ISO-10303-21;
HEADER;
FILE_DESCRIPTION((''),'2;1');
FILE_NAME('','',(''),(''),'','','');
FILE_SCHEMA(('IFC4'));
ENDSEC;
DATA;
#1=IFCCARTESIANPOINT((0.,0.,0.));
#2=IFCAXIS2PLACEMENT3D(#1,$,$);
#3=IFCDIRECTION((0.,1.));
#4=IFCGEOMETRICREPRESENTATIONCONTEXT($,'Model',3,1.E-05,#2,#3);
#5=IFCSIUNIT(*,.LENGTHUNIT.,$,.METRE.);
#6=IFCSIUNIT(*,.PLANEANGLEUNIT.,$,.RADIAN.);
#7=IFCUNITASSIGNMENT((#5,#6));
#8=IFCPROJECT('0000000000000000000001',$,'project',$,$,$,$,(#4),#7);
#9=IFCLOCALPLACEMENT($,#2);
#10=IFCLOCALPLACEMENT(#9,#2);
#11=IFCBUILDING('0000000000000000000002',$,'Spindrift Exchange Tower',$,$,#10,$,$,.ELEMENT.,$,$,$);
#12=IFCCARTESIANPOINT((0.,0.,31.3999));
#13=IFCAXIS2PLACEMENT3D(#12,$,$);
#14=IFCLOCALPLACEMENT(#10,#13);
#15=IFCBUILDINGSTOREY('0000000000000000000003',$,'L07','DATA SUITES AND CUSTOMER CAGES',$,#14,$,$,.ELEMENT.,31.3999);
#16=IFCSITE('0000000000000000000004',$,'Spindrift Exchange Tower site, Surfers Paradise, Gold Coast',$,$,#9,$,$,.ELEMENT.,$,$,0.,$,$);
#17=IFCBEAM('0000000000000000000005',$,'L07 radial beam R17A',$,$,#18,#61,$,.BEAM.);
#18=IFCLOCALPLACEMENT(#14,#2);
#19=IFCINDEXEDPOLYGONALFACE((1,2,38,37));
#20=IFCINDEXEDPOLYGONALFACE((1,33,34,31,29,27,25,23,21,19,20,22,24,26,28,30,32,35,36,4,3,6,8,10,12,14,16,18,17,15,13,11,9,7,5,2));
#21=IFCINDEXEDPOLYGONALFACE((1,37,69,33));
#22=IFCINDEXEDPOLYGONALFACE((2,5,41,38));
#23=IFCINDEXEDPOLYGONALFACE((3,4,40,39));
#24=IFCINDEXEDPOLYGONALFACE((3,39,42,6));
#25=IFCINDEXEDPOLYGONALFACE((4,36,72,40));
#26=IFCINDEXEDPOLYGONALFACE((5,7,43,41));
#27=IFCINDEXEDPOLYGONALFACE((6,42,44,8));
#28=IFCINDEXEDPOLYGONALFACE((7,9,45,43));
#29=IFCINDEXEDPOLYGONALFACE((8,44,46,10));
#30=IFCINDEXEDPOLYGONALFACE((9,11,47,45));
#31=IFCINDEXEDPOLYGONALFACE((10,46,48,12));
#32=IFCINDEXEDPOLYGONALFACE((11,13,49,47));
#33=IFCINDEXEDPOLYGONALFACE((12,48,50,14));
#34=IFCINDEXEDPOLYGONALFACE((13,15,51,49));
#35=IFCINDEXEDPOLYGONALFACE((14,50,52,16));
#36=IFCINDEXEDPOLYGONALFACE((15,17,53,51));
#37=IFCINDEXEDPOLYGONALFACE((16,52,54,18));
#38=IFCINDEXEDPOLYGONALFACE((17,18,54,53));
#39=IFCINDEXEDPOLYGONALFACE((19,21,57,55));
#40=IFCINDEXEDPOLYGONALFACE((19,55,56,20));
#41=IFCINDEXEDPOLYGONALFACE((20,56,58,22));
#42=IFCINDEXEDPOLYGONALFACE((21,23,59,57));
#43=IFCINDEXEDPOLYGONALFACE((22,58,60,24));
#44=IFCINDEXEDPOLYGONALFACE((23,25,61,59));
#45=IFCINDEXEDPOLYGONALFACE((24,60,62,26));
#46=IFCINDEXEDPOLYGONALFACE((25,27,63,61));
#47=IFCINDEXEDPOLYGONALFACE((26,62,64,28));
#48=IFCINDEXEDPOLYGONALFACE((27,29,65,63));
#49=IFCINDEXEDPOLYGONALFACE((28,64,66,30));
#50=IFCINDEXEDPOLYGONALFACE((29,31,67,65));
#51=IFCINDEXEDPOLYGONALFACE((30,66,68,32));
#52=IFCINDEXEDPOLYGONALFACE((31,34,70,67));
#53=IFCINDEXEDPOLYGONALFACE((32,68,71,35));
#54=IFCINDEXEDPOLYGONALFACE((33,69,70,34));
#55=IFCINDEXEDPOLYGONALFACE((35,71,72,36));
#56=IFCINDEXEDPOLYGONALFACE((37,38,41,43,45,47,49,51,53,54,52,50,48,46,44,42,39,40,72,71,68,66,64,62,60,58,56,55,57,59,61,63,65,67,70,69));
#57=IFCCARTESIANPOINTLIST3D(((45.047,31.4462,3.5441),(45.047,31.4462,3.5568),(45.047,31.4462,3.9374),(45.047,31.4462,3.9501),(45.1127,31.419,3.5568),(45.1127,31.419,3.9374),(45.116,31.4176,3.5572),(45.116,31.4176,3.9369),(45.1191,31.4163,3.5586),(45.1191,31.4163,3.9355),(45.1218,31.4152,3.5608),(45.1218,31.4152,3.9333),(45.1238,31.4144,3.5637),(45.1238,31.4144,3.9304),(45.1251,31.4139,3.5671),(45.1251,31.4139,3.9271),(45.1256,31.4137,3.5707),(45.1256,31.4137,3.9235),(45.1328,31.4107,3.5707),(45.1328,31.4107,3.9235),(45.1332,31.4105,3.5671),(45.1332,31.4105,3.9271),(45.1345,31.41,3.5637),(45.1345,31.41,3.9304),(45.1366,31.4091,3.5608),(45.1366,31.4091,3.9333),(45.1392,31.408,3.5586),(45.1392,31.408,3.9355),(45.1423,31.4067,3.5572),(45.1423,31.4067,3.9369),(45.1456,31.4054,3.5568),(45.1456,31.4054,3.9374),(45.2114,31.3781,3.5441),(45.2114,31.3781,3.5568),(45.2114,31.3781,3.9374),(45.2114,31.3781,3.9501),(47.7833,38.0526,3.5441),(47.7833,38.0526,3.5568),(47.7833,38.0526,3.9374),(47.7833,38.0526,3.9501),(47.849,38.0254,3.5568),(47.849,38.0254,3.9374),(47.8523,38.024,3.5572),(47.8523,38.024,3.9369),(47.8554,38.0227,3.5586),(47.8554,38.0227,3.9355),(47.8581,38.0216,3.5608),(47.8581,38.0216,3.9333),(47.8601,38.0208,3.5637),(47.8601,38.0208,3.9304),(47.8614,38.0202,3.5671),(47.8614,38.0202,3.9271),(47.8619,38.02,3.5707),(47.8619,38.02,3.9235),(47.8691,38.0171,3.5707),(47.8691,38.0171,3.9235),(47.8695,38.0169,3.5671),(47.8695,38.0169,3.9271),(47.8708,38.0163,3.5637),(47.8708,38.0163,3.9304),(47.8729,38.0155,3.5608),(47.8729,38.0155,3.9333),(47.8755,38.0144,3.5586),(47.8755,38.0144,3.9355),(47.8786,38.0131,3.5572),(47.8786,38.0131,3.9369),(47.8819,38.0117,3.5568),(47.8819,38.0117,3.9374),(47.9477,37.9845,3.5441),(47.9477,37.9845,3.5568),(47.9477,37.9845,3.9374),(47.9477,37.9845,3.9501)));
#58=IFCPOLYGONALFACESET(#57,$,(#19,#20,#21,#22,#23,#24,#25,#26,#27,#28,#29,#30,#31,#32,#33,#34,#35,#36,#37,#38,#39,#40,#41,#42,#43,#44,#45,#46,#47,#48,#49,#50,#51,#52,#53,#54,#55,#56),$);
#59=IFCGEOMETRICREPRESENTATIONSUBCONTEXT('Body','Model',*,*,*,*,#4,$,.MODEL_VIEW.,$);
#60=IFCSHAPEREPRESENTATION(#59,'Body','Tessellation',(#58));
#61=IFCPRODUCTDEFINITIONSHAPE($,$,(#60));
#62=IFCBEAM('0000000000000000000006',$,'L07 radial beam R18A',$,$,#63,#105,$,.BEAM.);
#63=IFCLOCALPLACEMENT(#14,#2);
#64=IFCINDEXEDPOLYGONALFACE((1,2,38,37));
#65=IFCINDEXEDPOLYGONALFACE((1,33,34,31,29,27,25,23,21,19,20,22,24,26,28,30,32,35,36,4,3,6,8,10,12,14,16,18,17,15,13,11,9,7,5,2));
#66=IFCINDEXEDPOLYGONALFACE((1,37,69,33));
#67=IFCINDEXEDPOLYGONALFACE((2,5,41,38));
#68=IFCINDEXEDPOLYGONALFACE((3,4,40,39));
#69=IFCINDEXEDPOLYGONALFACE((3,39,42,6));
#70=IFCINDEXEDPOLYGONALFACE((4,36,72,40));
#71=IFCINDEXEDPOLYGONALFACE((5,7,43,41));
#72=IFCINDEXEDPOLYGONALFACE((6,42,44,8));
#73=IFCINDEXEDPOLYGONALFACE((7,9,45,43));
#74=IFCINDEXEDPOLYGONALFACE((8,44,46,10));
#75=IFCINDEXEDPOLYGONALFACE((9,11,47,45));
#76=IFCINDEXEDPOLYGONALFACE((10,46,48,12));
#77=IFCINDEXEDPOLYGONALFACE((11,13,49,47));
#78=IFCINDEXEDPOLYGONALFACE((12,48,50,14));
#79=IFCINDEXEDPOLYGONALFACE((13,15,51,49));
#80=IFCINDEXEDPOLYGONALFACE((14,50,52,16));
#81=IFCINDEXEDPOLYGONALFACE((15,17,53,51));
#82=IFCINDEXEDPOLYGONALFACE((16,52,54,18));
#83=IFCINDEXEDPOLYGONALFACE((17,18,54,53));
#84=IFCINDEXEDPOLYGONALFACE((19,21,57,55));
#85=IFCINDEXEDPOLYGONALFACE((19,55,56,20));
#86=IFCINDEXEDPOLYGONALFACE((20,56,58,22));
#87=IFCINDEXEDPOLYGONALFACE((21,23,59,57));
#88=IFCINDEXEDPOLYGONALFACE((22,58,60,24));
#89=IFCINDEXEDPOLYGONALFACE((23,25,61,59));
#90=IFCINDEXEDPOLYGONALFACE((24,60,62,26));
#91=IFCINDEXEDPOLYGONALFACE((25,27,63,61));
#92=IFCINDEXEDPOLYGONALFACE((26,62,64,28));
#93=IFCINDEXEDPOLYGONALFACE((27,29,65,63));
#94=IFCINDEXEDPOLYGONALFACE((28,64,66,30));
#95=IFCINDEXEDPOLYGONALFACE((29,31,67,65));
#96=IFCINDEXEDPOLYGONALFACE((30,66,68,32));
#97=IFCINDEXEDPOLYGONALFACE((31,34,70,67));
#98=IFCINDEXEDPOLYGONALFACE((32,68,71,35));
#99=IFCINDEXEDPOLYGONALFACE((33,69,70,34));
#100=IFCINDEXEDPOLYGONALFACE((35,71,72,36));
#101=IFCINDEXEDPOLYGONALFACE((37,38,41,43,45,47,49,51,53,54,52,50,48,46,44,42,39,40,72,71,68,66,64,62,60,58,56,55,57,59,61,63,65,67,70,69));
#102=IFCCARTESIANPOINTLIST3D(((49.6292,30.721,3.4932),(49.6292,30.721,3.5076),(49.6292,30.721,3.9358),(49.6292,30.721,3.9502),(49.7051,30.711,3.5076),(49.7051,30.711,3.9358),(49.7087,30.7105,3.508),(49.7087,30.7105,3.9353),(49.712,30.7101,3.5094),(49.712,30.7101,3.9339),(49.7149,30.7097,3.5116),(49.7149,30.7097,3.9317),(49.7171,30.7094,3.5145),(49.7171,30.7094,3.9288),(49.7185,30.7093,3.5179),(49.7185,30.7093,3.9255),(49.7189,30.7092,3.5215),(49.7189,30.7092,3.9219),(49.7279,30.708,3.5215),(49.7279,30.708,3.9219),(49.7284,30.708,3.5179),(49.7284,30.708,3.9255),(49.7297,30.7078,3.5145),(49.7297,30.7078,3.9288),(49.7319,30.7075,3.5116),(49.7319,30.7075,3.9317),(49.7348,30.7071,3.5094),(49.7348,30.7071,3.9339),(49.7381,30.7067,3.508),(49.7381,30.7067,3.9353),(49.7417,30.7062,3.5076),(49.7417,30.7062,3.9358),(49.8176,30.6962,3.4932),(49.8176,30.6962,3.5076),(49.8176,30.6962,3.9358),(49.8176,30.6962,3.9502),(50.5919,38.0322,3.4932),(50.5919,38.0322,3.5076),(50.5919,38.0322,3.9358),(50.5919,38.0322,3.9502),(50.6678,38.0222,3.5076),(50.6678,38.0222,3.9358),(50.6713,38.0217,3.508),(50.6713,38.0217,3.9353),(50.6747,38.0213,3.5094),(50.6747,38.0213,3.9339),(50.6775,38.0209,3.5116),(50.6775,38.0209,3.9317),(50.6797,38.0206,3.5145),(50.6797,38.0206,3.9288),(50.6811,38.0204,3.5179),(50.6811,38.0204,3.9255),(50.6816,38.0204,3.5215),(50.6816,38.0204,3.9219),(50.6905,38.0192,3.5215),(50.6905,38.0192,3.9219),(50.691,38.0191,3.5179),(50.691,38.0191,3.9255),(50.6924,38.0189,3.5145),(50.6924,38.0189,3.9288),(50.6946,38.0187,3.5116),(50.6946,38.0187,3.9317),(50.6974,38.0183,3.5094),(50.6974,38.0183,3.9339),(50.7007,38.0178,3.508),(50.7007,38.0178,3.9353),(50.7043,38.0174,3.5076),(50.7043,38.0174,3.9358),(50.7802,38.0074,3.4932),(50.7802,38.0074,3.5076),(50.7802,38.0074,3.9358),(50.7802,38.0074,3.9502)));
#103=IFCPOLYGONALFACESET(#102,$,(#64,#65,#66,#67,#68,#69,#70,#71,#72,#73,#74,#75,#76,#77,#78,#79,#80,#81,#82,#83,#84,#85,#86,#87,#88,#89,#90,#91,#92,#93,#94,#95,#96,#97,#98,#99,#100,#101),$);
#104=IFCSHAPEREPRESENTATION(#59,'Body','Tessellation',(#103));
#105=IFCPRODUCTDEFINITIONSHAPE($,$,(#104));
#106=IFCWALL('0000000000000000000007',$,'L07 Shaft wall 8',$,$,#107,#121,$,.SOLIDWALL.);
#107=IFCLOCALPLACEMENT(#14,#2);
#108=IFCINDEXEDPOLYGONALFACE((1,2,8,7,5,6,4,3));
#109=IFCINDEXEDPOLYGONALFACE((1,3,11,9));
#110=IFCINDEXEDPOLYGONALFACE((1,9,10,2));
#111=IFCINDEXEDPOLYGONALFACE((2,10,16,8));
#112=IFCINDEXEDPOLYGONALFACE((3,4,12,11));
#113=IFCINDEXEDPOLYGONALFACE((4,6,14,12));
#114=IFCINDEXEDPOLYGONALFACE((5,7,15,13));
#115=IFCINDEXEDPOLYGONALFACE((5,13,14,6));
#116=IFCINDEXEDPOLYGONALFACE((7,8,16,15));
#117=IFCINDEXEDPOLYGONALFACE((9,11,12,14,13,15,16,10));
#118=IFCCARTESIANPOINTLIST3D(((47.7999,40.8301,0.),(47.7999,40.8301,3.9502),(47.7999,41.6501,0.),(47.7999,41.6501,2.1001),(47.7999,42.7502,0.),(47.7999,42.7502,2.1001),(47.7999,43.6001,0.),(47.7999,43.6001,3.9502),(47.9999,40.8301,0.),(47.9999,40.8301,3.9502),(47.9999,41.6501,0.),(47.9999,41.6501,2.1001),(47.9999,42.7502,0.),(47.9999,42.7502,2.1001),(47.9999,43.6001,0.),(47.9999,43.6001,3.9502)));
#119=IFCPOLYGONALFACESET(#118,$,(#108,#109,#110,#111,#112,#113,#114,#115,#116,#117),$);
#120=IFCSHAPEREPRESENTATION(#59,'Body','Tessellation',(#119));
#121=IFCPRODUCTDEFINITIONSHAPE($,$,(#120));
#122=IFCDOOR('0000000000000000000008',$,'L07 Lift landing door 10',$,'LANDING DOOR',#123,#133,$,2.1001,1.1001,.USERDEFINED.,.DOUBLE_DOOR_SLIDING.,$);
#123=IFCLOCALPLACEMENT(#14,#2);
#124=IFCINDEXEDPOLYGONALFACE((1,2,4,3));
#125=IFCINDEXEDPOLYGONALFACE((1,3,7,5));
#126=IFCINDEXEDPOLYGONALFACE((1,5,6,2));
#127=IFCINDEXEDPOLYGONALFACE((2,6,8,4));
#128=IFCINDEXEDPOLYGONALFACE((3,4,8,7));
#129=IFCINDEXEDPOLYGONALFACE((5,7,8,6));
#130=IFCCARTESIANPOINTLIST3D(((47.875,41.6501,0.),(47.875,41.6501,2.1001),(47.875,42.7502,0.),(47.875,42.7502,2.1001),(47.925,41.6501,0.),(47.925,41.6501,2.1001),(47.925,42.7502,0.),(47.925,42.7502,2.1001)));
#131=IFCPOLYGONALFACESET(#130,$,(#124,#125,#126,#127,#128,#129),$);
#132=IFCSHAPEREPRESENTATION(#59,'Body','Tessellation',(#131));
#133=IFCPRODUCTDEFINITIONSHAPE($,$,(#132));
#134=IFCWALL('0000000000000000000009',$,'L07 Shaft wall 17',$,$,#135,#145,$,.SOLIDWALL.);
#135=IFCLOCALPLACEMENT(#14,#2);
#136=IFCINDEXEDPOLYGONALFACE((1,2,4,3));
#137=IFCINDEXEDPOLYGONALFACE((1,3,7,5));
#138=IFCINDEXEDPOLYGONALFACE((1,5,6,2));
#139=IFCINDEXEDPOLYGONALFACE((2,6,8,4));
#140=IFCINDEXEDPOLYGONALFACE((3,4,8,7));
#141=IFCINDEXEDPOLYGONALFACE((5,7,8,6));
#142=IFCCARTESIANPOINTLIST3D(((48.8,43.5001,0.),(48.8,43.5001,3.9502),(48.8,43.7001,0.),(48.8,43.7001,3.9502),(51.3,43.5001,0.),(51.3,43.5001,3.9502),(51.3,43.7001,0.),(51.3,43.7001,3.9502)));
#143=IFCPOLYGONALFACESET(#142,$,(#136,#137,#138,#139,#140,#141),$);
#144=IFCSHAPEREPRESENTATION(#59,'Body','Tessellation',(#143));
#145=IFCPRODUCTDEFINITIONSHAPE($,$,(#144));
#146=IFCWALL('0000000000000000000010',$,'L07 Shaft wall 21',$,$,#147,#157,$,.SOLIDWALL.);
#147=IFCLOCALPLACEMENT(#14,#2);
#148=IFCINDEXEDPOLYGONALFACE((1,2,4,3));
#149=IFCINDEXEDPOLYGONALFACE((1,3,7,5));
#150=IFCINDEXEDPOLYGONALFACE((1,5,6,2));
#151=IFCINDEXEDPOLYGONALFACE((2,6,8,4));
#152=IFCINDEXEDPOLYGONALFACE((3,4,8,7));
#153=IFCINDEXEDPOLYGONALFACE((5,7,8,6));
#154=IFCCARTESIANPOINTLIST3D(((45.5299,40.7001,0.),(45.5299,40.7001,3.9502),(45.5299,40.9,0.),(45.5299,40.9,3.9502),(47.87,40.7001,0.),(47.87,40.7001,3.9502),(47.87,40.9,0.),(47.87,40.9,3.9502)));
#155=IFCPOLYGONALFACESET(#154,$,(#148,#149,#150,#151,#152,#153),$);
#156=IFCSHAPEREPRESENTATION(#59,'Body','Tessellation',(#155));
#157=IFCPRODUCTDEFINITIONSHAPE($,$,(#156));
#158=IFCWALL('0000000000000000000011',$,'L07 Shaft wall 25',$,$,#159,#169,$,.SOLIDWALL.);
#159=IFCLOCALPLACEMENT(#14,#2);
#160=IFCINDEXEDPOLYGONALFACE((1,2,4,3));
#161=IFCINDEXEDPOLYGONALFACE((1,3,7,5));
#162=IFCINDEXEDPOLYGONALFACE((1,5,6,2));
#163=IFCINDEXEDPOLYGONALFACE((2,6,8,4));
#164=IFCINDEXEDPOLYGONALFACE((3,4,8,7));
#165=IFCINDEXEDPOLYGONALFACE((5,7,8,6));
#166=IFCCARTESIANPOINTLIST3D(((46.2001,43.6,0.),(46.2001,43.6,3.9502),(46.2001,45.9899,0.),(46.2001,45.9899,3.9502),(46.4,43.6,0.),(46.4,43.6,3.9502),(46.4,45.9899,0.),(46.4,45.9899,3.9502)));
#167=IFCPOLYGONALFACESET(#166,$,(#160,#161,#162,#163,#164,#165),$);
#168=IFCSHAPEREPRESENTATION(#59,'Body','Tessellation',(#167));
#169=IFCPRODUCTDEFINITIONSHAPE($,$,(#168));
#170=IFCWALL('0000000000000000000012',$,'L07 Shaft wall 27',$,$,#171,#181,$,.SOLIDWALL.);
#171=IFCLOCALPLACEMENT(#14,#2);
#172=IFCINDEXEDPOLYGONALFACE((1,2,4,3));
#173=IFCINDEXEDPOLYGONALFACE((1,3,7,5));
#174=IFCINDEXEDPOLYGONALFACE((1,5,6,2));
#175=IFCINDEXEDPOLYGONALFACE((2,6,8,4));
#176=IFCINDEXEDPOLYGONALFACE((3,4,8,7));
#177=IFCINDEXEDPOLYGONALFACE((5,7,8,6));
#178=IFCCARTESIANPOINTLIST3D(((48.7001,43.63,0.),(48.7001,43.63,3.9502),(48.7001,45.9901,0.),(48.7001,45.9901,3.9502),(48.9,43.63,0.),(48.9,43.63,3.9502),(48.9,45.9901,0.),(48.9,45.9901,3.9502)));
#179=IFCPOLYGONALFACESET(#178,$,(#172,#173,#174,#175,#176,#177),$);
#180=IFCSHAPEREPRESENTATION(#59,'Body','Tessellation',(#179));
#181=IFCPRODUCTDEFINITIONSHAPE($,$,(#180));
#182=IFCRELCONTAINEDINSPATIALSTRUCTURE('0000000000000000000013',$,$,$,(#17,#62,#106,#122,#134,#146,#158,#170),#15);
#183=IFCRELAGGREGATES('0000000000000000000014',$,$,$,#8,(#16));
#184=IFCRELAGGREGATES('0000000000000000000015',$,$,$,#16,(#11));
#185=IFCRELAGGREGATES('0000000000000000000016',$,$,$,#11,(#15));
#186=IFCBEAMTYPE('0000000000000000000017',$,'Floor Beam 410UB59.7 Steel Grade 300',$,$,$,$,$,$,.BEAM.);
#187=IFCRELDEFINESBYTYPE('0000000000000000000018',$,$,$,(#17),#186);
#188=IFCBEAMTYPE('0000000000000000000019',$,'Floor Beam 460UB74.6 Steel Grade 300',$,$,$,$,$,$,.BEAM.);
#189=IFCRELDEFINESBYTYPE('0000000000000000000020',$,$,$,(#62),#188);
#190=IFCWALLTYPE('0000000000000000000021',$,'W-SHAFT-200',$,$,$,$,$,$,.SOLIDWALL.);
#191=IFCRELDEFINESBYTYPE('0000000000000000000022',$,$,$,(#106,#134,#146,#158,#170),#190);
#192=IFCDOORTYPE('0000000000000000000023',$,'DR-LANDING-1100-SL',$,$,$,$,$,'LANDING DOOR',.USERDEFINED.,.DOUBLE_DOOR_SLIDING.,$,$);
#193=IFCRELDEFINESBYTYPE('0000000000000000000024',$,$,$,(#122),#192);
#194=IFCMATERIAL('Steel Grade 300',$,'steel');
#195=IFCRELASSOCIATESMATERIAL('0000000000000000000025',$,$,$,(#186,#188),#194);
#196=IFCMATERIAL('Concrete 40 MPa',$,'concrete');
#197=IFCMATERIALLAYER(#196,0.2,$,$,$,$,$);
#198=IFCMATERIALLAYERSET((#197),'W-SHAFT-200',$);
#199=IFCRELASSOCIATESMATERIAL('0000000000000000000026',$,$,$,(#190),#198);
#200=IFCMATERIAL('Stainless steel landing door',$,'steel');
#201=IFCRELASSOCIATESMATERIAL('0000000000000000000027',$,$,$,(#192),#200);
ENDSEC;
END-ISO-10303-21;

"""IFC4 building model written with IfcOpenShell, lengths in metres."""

from ifc_helpers import new_model, si_unit, direction, frame, frame_2d, origin, origin_2d, place, context, subcontext, project, spatial, rectangle, i_section, extrude, source, transform, mapped, material, layer, layer_set, material_profile, profile_set, type_object, element, fill, save


model = new_model("IFC4")

# Units and contexts
model_context = context("Model", 3, precision=1e-05, world=origin(), true_north=direction((0.0, 1.0)))
body_context = subcontext(model_context, "Body", "Model", "MODEL_VIEW")
ifc_project = project(units=[si_unit("LENGTHUNIT", "METRE"), si_unit("PLANEANGLEUNIT", "RADIAN")], contexts=[model_context])

# Site, building, storey
site_placement = place(None, origin())
site = spatial("IfcSite", under=ifc_project, at=site_placement, Name="Spindrift Exchange Tower site, Surfers Paradise, Gold Coast", CompositionType="ELEMENT", RefElevation=0.0)
building_placement = place(site_placement, origin())
building = spatial("IfcBuilding", under=site, at=building_placement, Name="Spindrift Exchange Tower", CompositionType="ELEMENT")
storey_placement = place(building_placement, frame((0.0, 0.0, 31.3999)))
storey = spatial("IfcBuildingStorey", under=building, at=storey_placement, Name="L07", Description="DATA SUITES AND CUSTOMER CAGES", CompositionType="ELEMENT", Elevation=31.3999)

# Beams
ifc_material_1 = material(Name="Steel Grade 300", Category="steel")
ifc_material_profile_1 = material_profile(ifc_material_1, i_section(OverallWidth=0.178, OverallDepth=0.406, WebThickness=0.0078, FlangeThickness=0.0127, FilletRadius=0.0139, at=origin_2d()), Name="410UB59.7")
ifc_profile_set_1 = profile_set([ifc_material_profile_1], Name="Steel Grade 300")
beam_type_1 = type_object("IfcBeamType", Name="Floor Beam 410UB59.7 Steel Grade 300", PredefinedType="BEAM", material=ifc_profile_set_1)
shared_shape_1 = source(origin(), body_context, "Body", "SweptSolid", [
    extrude(i_section(OverallWidth=0.178, OverallDepth=0.406, WebThickness=0.0078, FlangeThickness=0.0127, FilletRadius=0.0139, at=origin_2d()), origin(), (0.0, 0.0, 1.0), 7.1506),
])
beam_1_placement = place(storey_placement, frame((47.8655, 38.0186, 3.7471), z_axis=(-0.382665, -0.923887, 0.0), x_axis=(0.923887, -0.382665, 0.0)))
element("IfcBeam", 1, at=beam_1_placement, inside=storey, type_object=beam_type_1, Name="L07 radial beam R17A", PredefinedType="BEAM", context=body_context, shape_type="MappedRepresentation", body=[
    mapped(shared_shape_1, transform((0.0, 0.0, 0.0), scale=1.0)),
])
ifc_material_profile_2 = material_profile(ifc_material_1, i_section(OverallWidth=0.1899, OverallDepth=0.457, WebThickness=0.009, FlangeThickness=0.0144, FilletRadius=0.0139, at=origin_2d()), Name="460UB74.6")
ifc_profile_set_2 = profile_set([ifc_material_profile_2], Name="Steel Grade 300")
beam_type_2 = type_object("IfcBeamType", Name="Floor Beam 460UB74.6 Steel Grade 300", PredefinedType="BEAM", material=ifc_profile_set_2)
shared_shape_2 = source(origin(), body_context, "Body", "SweptSolid", [
    extrude(i_section(OverallWidth=0.1899, OverallDepth=0.457, WebThickness=0.009, FlangeThickness=0.0144, FilletRadius=0.0139, at=origin_2d()), origin(), (0.0, 0.0, 1.0), 7.3743),
])
beam_2_placement = place(storey_placement, frame((50.686, 38.0198, 3.7217), z_axis=(-0.130539, -0.991443, 0.0), x_axis=(0.991443, -0.130539, 0.0)))
element("IfcBeam", 2, at=beam_2_placement, inside=storey, type_object=beam_type_2, Name="L07 radial beam R18A", PredefinedType="BEAM", context=body_context, shape_type="MappedRepresentation", body=[
    mapped(shared_shape_2, transform((0.0, 0.0, 0.0), scale=1.0)),
])

# Wall, opening, door
ifc_material_2 = material(Name="Concrete 40 MPa", Category="concrete")
ifc_layer_1 = layer(ifc_material_2, 0.2)
ifc_layer_set_1 = layer_set([ifc_layer_1], Name="W-SHAFT-200")
wall_type_1 = type_object("IfcWallType", Name="W-SHAFT-200", PredefinedType="SOLIDWALL", material=ifc_layer_set_1)
wall_1_placement = place(storey_placement, frame((47.8999, 40.8301, 0.0), z_axis=(0.0, 0.0, 1.0), x_axis=(0.0, 1.0, 0.0)))
wall_1 = element("IfcWall", 3, at=wall_1_placement, inside=storey, type_object=wall_type_1, Name="L07 Shaft wall 8", PredefinedType="SOLIDWALL", context=body_context, shape_type="SweptSolid", body=[
    extrude(rectangle(XDim=2.77, YDim=0.2, at=frame_2d((1.385, 0.0))), origin(), (0.0, 0.0, 1.0), 3.9502),
])
opening_1_placement = place(wall_1_placement, frame((0.8201, 0.0, 0.0)))
opening_1 = element("IfcOpeningElement", 4, at=opening_1_placement, cuts=wall_1, PredefinedType="OPENING", context=body_context, shape_type="SweptSolid", body=[
    extrude(rectangle(XDim=1.1001, YDim=2.1001, at=frame_2d((0.55, 1.05))), frame((0.0, 0.1099, 0.0), z_axis=(0.0, -1.0, 0.0), x_axis=(1.0, 0.0, 0.0)), (0.0, 0.0, 1.0), 0.22),
])
ifc_material_3 = material(Name="Stainless steel landing door", Category="steel")
door_type_1 = type_object("IfcDoorType", Name="DR-LANDING-1100-SL", ElementType="LANDING DOOR", OperationType="DOUBLE_DOOR_SLIDING", PredefinedType="USERDEFINED", material=ifc_material_3)
shared_shape_3 = source(origin(), body_context, "Body", "SweptSolid", [
    extrude(rectangle(XDim=1.1001, YDim=2.1001, at=frame_2d((0.55, 1.05))), frame((0.0, 0.0249, 0.0), z_axis=(0.0, -1.0, 0.0), x_axis=(1.0, 0.0, 0.0)), (0.0, 0.0, 1.0), 0.05),
])
door_1_placement = place(opening_1_placement, origin())
door_1 = element("IfcDoor", 5, at=door_1_placement, inside=storey, type_object=door_type_1, Name="L07 Lift landing door 10", ObjectType="LANDING DOOR", OperationType="DOUBLE_DOOR_SLIDING", OverallHeight=2.1001, OverallWidth=1.1001, PredefinedType="USERDEFINED", context=body_context, shape_type="MappedRepresentation", body=[
    mapped(shared_shape_3, transform((0.0, 0.0, 0.0), scale=1.0)),
])
fill(opening_1, door_1)

# Walls
wall_2_placement = place(storey_placement, frame((48.8, 43.6001, 0.0), z_axis=(0.0, 0.0, 1.0), x_axis=(1.0, 0.0, 0.0)))
element("IfcWall", 6, at=wall_2_placement, inside=storey, type_object=wall_type_1, Name="L07 Shaft wall 17", PredefinedType="SOLIDWALL", context=body_context, shape_type="SweptSolid", body=[
    extrude(rectangle(XDim=2.5, YDim=0.2, at=frame_2d((1.25, 0.0))), origin(), (0.0, 0.0, 1.0), 3.9502),
])
wall_3_placement = place(storey_placement, frame((45.53, 40.8, 0.0), z_axis=(0.0, 0.0, 1.0), x_axis=(1.0, 0.0, 0.0)))
element("IfcWall", 7, at=wall_3_placement, inside=storey, type_object=wall_type_1, Name="L07 Shaft wall 21", PredefinedType="SOLIDWALL", context=body_context, shape_type="SweptSolid", body=[
    extrude(rectangle(XDim=2.3401, YDim=0.2, at=frame_2d((1.1699, 0.0))), origin(), (0.0, 0.0, 1.0), 3.9502),
])
wall_4_placement = place(storey_placement, frame((46.3, 43.6001, 0.0), z_axis=(0.0, 0.0, 1.0), x_axis=(0.0, 1.0, 0.0)))
element("IfcWall", 8, at=wall_4_placement, inside=storey, type_object=wall_type_1, Name="L07 Shaft wall 25", PredefinedType="SOLIDWALL", context=body_context, shape_type="SweptSolid", body=[
    extrude(rectangle(XDim=2.3899, YDim=0.2, at=frame_2d((1.1948, 0.0))), origin(), (0.0, 0.0, 1.0), 3.9502),
])
for number, where, z_axis, x_axis, name in (
    (9, (48.8, 43.6299, 0.0), (0.0, 0.0, 1.0), (0.0, 1.0, 0.0), "L07 Shaft wall 27"),
):
    element("IfcWall", number, at=place(storey_placement, frame(where, z_axis=z_axis, x_axis=x_axis)), inside=storey, type_object=wall_type_1, Name=name, PredefinedType="SOLIDWALL", context=body_context, shape_type="SweptSolid", body=[
        extrude(rectangle(XDim=2.3601, YDim=0.2, at=frame_2d((1.1802, 0.0))), origin(), (0.0, 0.0, 1.0), 3.9502),
    ])

save(model, "model.ifc")
